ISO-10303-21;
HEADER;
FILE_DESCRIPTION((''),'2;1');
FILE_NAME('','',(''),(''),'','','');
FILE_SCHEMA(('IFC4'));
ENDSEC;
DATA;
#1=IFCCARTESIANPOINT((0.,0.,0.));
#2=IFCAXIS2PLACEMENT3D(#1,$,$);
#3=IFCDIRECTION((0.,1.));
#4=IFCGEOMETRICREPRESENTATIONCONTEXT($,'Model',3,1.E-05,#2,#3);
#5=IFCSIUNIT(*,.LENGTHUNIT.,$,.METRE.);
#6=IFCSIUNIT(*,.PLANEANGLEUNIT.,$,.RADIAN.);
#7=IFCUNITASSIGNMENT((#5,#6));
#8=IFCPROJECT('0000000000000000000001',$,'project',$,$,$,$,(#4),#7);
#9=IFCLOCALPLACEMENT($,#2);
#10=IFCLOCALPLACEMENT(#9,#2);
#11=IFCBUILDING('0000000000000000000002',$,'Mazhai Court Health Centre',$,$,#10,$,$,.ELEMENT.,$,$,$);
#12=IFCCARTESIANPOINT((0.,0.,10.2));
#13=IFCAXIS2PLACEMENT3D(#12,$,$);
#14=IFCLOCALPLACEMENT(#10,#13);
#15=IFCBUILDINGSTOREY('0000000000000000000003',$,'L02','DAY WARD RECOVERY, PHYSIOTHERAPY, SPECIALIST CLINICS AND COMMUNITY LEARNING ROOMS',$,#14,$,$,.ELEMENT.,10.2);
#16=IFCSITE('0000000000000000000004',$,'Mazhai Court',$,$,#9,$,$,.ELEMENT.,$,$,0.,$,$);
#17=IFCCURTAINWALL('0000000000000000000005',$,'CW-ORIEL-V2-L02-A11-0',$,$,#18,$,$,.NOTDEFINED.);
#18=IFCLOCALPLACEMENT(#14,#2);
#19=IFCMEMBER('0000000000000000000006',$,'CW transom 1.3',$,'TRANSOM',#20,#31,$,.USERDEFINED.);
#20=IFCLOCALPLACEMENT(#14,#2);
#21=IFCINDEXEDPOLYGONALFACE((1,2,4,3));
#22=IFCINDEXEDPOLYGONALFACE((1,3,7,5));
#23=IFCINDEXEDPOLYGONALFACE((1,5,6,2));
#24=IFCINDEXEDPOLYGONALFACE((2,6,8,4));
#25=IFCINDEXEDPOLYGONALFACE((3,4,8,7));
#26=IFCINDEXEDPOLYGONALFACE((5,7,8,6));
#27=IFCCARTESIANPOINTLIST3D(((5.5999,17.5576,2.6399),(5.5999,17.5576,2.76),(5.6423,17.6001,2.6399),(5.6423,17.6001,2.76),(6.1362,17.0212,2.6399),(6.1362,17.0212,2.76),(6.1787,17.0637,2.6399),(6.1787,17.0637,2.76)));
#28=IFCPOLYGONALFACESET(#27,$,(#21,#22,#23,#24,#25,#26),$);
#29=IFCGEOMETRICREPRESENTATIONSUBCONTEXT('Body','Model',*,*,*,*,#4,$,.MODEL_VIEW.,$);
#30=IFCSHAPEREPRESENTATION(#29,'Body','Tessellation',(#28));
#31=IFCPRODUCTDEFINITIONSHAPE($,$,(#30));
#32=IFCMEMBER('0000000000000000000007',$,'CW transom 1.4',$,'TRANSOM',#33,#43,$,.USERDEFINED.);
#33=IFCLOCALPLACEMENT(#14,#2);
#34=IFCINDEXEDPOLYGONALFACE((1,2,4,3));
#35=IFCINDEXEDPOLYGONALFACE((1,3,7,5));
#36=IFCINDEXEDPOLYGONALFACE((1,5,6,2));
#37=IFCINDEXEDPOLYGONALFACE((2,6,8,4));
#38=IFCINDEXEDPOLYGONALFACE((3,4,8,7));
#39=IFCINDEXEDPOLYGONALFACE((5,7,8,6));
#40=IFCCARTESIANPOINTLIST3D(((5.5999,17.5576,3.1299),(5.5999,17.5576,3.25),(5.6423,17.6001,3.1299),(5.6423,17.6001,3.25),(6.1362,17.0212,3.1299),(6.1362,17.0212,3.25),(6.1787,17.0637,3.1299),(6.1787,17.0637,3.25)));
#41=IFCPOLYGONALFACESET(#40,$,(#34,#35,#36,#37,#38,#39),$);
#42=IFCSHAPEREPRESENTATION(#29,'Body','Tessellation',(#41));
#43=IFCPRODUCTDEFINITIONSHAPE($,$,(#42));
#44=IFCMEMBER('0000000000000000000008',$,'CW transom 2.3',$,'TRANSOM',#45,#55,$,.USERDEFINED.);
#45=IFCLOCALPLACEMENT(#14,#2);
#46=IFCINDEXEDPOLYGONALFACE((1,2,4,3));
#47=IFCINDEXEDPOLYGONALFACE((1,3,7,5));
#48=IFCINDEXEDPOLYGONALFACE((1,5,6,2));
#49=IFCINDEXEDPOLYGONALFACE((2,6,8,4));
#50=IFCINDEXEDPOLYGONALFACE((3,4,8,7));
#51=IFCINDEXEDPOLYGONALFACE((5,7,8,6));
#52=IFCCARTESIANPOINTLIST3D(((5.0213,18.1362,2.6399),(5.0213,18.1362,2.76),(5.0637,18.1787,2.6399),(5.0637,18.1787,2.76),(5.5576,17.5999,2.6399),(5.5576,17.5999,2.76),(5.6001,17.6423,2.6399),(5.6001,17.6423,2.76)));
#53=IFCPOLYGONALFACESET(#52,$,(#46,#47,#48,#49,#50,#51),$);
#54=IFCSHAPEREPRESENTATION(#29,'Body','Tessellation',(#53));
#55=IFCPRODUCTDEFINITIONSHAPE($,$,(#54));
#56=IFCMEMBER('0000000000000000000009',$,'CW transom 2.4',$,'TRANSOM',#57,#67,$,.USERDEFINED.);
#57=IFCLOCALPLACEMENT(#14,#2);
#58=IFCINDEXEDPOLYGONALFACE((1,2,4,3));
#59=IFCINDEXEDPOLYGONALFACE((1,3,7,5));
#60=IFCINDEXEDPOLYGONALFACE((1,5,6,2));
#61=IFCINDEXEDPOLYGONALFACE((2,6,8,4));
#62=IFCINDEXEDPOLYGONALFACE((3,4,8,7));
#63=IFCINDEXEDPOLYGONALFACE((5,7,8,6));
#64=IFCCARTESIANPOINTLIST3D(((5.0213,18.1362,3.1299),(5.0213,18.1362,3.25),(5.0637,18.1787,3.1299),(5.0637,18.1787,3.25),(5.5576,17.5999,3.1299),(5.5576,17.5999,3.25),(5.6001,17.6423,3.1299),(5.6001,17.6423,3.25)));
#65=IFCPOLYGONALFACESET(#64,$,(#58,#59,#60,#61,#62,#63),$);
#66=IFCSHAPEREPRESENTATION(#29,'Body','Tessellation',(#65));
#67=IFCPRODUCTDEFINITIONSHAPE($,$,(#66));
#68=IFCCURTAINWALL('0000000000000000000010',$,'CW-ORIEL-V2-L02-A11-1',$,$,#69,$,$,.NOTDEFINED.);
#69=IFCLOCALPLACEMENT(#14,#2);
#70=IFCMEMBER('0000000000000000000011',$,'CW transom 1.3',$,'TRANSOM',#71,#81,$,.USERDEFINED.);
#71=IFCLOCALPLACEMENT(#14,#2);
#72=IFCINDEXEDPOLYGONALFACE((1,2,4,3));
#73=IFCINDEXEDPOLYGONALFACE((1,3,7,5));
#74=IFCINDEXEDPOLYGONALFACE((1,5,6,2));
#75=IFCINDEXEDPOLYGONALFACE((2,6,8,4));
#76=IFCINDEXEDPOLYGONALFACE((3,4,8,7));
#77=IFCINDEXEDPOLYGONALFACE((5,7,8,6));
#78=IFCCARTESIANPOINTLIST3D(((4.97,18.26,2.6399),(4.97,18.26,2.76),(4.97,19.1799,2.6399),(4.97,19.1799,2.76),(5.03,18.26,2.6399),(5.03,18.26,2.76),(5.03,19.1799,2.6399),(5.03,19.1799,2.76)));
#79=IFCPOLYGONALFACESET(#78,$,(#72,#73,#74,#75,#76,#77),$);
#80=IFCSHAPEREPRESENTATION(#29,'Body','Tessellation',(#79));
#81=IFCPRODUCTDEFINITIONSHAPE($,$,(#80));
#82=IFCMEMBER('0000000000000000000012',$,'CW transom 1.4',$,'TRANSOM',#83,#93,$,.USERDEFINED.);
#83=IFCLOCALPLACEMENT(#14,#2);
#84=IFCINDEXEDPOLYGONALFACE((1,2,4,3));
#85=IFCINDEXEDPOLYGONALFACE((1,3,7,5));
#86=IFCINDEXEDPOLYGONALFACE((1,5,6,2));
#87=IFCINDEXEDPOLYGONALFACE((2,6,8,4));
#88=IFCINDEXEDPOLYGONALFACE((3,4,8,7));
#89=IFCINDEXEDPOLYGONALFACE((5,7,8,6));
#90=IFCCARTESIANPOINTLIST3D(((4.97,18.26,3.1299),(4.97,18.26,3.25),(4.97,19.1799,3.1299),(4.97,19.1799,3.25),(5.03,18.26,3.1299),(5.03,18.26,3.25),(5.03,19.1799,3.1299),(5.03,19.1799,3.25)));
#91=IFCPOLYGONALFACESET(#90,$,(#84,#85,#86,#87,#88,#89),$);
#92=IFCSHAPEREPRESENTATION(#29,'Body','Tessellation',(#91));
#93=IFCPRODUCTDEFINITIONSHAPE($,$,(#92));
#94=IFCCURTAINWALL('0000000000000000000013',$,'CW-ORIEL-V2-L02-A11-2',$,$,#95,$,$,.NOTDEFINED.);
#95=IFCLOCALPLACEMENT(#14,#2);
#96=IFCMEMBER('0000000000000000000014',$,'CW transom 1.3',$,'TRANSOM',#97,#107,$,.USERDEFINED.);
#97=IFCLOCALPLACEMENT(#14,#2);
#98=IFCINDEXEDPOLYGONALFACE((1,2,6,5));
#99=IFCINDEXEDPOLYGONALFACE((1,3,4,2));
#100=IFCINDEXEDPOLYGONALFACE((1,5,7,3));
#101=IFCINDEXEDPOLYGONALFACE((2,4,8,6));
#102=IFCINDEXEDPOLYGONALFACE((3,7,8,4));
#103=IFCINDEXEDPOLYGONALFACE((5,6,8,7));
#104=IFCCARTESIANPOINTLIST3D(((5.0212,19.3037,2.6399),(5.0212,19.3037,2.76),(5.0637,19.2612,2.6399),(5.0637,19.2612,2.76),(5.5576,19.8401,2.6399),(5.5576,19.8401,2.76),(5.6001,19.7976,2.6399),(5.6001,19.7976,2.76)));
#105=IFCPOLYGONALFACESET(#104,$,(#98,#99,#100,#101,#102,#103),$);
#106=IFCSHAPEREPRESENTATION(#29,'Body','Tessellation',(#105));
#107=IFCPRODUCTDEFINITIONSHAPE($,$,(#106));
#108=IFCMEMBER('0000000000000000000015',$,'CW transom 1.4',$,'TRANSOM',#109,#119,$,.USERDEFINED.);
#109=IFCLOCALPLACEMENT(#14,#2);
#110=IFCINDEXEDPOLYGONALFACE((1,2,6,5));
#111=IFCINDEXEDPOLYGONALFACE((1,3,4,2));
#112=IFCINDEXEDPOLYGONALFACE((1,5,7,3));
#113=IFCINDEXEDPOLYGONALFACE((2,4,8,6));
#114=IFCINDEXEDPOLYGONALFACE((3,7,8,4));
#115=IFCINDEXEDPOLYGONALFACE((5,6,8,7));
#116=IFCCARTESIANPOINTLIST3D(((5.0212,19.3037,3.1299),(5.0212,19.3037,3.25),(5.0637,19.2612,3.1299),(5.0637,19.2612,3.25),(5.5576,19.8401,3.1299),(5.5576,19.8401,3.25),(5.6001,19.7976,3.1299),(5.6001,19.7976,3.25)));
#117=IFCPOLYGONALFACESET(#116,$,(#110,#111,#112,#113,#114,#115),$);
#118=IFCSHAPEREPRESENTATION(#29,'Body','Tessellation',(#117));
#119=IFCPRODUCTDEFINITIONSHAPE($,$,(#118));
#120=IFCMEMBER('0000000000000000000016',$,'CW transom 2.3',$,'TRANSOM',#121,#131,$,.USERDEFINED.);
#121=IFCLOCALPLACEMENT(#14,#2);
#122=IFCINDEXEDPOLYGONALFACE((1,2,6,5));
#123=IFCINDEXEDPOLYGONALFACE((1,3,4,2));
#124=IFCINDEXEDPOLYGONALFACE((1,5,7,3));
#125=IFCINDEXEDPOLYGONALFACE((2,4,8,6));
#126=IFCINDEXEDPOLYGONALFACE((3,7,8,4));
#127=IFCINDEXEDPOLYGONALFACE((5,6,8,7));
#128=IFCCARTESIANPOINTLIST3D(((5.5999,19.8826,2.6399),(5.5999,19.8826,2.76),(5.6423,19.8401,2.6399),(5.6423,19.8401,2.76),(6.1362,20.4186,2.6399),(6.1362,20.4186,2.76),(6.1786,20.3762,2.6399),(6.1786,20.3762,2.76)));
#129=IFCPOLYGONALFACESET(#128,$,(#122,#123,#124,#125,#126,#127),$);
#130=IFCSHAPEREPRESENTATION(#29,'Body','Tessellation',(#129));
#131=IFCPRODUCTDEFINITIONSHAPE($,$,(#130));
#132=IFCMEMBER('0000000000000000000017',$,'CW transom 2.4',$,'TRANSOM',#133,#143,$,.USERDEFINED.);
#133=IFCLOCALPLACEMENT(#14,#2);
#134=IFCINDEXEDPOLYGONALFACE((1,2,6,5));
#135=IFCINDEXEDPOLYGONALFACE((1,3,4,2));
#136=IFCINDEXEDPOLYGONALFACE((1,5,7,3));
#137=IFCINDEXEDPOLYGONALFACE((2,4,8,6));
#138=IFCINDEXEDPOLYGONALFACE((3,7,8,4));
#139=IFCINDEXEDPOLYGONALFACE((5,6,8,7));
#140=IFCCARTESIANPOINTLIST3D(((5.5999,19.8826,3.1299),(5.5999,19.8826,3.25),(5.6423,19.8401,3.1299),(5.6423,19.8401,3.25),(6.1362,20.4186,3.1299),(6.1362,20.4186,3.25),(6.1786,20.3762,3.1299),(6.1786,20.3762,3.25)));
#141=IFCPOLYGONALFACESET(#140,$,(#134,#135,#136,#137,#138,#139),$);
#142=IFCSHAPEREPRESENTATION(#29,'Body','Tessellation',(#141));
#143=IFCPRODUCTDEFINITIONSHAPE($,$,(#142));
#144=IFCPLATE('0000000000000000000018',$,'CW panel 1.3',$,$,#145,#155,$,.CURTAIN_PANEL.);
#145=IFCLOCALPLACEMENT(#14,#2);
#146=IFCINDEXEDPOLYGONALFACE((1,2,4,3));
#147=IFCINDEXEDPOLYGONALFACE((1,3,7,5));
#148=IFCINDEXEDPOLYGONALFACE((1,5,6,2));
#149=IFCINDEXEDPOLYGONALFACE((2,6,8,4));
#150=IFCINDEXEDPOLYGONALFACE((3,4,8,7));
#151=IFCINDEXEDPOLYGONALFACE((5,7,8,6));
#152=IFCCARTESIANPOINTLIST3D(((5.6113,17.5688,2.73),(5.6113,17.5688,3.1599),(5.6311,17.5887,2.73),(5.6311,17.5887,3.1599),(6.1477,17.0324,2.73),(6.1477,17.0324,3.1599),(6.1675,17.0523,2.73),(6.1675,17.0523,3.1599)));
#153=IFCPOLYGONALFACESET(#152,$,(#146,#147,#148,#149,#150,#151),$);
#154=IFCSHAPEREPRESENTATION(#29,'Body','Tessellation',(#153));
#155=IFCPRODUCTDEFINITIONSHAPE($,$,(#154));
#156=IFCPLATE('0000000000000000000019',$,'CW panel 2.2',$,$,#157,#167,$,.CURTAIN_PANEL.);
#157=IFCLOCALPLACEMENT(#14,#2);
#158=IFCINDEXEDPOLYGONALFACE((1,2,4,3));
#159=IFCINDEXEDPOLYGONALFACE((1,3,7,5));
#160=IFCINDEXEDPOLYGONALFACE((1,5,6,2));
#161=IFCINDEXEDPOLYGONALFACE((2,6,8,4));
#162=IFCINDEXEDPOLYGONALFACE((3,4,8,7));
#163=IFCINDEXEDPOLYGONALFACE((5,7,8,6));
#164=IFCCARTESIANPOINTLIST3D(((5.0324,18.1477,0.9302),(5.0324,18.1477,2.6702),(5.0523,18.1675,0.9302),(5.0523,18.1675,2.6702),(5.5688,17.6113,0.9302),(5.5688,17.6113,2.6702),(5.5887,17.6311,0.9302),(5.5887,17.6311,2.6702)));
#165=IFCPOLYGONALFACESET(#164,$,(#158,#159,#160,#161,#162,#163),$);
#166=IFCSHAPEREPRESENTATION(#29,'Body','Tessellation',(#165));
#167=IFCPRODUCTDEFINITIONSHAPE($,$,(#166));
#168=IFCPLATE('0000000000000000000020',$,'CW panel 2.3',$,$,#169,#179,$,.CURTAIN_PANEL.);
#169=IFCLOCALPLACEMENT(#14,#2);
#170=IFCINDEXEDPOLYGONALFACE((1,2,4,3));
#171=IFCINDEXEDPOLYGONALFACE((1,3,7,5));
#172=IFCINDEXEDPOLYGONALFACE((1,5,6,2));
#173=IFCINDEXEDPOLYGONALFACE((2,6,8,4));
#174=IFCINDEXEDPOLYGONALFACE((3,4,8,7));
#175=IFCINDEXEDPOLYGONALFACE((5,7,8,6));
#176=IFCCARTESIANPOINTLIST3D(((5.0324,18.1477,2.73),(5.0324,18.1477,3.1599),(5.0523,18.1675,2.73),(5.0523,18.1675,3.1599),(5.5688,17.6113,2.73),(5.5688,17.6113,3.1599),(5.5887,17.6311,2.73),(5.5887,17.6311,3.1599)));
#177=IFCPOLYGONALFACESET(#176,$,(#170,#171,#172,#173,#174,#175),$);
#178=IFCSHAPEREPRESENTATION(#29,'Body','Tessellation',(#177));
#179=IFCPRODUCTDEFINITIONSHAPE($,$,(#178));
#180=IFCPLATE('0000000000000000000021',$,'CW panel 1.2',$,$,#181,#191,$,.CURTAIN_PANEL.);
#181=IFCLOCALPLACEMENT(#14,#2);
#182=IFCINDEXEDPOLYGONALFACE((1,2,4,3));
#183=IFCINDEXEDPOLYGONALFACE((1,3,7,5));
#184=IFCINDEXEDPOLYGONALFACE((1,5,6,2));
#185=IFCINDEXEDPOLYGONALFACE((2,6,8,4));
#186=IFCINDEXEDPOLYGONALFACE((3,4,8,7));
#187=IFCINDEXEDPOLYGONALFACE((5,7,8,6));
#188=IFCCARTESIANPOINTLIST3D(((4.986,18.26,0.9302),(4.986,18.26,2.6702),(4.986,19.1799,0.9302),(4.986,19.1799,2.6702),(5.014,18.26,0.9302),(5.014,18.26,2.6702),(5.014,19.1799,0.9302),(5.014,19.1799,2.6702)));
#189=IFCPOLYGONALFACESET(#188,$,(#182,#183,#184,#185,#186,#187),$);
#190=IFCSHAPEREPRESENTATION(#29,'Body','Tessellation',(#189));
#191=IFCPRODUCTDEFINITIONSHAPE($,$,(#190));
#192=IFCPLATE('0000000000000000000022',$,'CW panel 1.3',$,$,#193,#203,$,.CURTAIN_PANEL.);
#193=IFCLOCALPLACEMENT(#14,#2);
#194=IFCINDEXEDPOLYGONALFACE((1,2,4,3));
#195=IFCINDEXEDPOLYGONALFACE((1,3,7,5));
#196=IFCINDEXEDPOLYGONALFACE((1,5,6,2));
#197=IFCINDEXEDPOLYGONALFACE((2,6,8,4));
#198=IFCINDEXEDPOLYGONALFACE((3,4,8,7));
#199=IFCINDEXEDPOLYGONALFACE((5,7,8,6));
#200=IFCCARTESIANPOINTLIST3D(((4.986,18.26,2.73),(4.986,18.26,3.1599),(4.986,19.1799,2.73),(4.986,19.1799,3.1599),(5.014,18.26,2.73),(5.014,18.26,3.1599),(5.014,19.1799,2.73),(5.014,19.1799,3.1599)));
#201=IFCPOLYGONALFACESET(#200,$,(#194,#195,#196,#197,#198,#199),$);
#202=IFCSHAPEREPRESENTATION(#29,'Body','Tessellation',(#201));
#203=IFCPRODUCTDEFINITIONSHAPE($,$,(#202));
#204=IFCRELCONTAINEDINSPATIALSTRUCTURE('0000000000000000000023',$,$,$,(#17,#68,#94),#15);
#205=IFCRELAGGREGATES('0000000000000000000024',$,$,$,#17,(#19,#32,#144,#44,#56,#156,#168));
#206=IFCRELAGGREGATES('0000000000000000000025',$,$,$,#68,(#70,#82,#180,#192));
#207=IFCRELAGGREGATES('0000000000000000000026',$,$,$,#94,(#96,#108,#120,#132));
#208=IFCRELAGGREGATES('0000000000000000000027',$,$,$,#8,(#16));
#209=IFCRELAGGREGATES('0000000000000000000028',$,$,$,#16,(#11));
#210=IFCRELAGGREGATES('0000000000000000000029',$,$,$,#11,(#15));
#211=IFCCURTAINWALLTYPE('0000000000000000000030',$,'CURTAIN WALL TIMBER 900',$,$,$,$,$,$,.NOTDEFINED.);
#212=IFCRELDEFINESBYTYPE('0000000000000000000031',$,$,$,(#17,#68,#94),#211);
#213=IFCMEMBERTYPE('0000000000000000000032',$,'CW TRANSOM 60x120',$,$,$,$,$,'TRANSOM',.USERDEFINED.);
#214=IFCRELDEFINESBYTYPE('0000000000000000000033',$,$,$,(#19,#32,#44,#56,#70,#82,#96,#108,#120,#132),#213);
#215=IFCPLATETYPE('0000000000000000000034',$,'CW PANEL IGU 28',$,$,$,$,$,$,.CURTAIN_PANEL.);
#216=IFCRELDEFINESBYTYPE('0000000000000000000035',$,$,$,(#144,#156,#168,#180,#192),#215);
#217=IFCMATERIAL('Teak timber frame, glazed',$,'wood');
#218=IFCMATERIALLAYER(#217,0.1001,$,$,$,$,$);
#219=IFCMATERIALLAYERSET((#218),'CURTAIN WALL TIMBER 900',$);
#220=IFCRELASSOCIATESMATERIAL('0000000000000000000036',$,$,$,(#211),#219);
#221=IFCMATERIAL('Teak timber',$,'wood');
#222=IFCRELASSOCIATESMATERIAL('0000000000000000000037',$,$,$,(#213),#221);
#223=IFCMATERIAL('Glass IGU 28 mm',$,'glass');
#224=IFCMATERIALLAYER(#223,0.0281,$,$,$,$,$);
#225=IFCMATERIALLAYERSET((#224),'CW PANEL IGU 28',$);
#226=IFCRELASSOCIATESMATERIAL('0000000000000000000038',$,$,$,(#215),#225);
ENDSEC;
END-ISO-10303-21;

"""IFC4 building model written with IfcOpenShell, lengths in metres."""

from ifc_helpers import new_model, si_unit, direction, frame, origin, origin_2d, place, context, subcontext, project, spatial, rectangle, extrude, material, layer, layer_set, material_profile, profile_set, type_object, element, aggregate, save


model = new_model("IFC4")

# Units and contexts
model_context = context("Model", 3, precision=1e-05, world=origin(), true_north=direction((0.0, 1.0)))
body_context = subcontext(model_context, "Body", "Model", "MODEL_VIEW")
ifc_project = project(units=[si_unit("LENGTHUNIT", "METRE"), si_unit("PLANEANGLEUNIT", "RADIAN")], contexts=[model_context])

# Site, building, storey
site_placement = place(None, origin())
site = spatial("IfcSite", under=ifc_project, at=site_placement, Name="Mazhai Court", CompositionType="ELEMENT", RefElevation=0.0)
building_placement = place(site_placement, origin())
building = spatial("IfcBuilding", under=site, at=building_placement, Name="Mazhai Court Health Centre", CompositionType="ELEMENT")
storey_placement = place(building_placement, frame((0.0, 0.0, 10.2)))
storey = spatial("IfcBuildingStorey", under=building, at=storey_placement, Name="L02", Description="DAY WARD RECOVERY, PHYSIOTHERAPY, SPECIALIST CLINICS AND COMMUNITY LEARNING ROOMS", CompositionType="ELEMENT", Elevation=10.2)

# Curtain walls, members
ifc_material_1 = material(Name="Teak timber frame, glazed", Category="wood")
ifc_layer_1 = layer(ifc_material_1, 0.1001)
ifc_layer_set_1 = layer_set([ifc_layer_1], Name="CURTAIN WALL TIMBER 900")
curtain_wall_type = type_object("IfcCurtainWallType", Name="CURTAIN WALL TIMBER 900", PredefinedType="NOTDEFINED", material=ifc_layer_set_1)
curtain_wall_1_placement = place(storey_placement, origin())
curtain_wall_1 = element("IfcCurtainWall", 1, at=curtain_wall_1_placement, inside=storey, type_object=curtain_wall_type, Name="CW-ORIEL-V2-L02-A11-0", PredefinedType="NOTDEFINED")
ifc_material_2 = material(Name="Teak timber", Category="wood")
ifc_material_profile = material_profile(ifc_material_2, rectangle(XDim=0.0601, YDim=0.1201, at=origin_2d()), Name="CW TRANSOM 60x120")
ifc_profile_set = profile_set([ifc_material_profile], Name="Teak timber")
member_type = type_object("IfcMemberType", Name="CW TRANSOM 60x120", ElementType="TRANSOM", PredefinedType="USERDEFINED", material=ifc_profile_set)
member_1_placement = place(storey_placement, frame((6.1575, 17.0425, 2.7), z_axis=(-0.707107, 0.707107, 0.0), x_axis=(-0.707107, -0.707107, 0.0)))
member_1 = element("IfcMember", 2, at=member_1_placement, type_object=member_type, Name="CW transom 1.3", ObjectType="TRANSOM", PredefinedType="USERDEFINED", context=body_context, shape_type="SweptSolid", body=[
    extrude(rectangle(XDim=0.0601, YDim=0.1201, at=origin_2d()), origin(), (0.0, 0.0, 1.0), 0.7585),
])
member_2_placement = place(storey_placement, frame((6.1575, 17.0425, 3.1899), z_axis=(-0.707107, 0.707107, 0.0), x_axis=(-0.707107, -0.707107, 0.0)))
member_2 = element("IfcMember", 3, at=member_2_placement, type_object=member_type, Name="CW transom 1.4", ObjectType="TRANSOM", PredefinedType="USERDEFINED", context=body_context, shape_type="SweptSolid", body=[
    extrude(rectangle(XDim=0.0601, YDim=0.1201, at=origin_2d()), origin(), (0.0, 0.0, 1.0), 0.7585),
])
member_3_placement = place(storey_placement, frame((5.5789, 17.6211, 2.7), z_axis=(-0.707107, 0.707107, 0.0), x_axis=(-0.707107, -0.707107, 0.0)))
member_3 = element("IfcMember", 4, at=member_3_placement, type_object=member_type, Name="CW transom 2.3", ObjectType="TRANSOM", PredefinedType="USERDEFINED", context=body_context, shape_type="SweptSolid", body=[
    extrude(rectangle(XDim=0.0601, YDim=0.1201, at=origin_2d()), origin(), (0.0, 0.0, 1.0), 0.7585),
])
member_4_placement = place(storey_placement, frame((5.5789, 17.6211, 3.1899), z_axis=(-0.707107, 0.707107, 0.0), x_axis=(-0.707107, -0.707107, 0.0)))
member_4 = element("IfcMember", 5, at=member_4_placement, type_object=member_type, Name="CW transom 2.4", ObjectType="TRANSOM", PredefinedType="USERDEFINED", context=body_context, shape_type="SweptSolid", body=[
    extrude(rectangle(XDim=0.0601, YDim=0.1201, at=origin_2d()), origin(), (0.0, 0.0, 1.0), 0.7585),
])
curtain_wall_2_placement = place(storey_placement, origin())
curtain_wall_2 = element("IfcCurtainWall", 6, at=curtain_wall_2_placement, inside=storey, type_object=curtain_wall_type, Name="CW-ORIEL-V2-L02-A11-1", PredefinedType="NOTDEFINED")
member_5_placement = place(storey_placement, frame((5.0, 18.26, 2.7), z_axis=(0.0, 1.0, 0.0), x_axis=(-1.0, 0.0, 0.0)))
member_5 = element("IfcMember", 7, at=member_5_placement, type_object=member_type, Name="CW transom 1.3", ObjectType="TRANSOM", PredefinedType="USERDEFINED", context=body_context, shape_type="SweptSolid", body=[
    extrude(rectangle(XDim=0.0601, YDim=0.1201, at=origin_2d()), origin(), (0.0, 0.0, 1.0), 0.9199),
])
member_6_placement = place(storey_placement, frame((5.0, 18.26, 3.1899), z_axis=(0.0, 1.0, 0.0), x_axis=(-1.0, 0.0, 0.0)))
member_6 = element("IfcMember", 8, at=member_6_placement, type_object=member_type, Name="CW transom 1.4", ObjectType="TRANSOM", PredefinedType="USERDEFINED", context=body_context, shape_type="SweptSolid", body=[
    extrude(rectangle(XDim=0.0601, YDim=0.1201, at=origin_2d()), origin(), (0.0, 0.0, 1.0), 0.9199),
])
curtain_wall_3_placement = place(storey_placement, origin())
curtain_wall_3 = element("IfcCurtainWall", 9, at=curtain_wall_3_placement, inside=storey, type_object=curtain_wall_type, Name="CW-ORIEL-V2-L02-A11-2", PredefinedType="NOTDEFINED")
member_7_placement = place(storey_placement, frame((5.0425, 19.2825, 2.7), z_axis=(0.707107, 0.707107, 0.0), x_axis=(-0.707107, 0.707107, 0.0)))
member_7 = element("IfcMember", 10, at=member_7_placement, type_object=member_type, Name="CW transom 1.3", ObjectType="TRANSOM", PredefinedType="USERDEFINED", context=body_context, shape_type="SweptSolid", body=[
    extrude(rectangle(XDim=0.0601, YDim=0.1201, at=origin_2d()), origin(), (0.0, 0.0, 1.0), 0.7585),
])
member_8_placement = place(storey_placement, frame((5.0425, 19.2825, 3.1899), z_axis=(0.707107, 0.707107, 0.0), x_axis=(-0.707107, 0.707107, 0.0)))
member_8 = element("IfcMember", 11, at=member_8_placement, type_object=member_type, Name="CW transom 1.4", ObjectType="TRANSOM", PredefinedType="USERDEFINED", context=body_context, shape_type="SweptSolid", body=[
    extrude(rectangle(XDim=0.0601, YDim=0.1201, at=origin_2d()), origin(), (0.0, 0.0, 1.0), 0.7585),
])
member_9_placement = place(storey_placement, frame((5.6211, 19.8613, 2.7), z_axis=(0.707268, 0.706946, 0.0), x_axis=(-0.706946, 0.707268, 0.0)))
member_9 = element("IfcMember", 12, at=member_9_placement, type_object=member_type, Name="CW transom 2.3", ObjectType="TRANSOM", PredefinedType="USERDEFINED", context=body_context, shape_type="SweptSolid", body=[
    extrude(rectangle(XDim=0.0601, YDim=0.1201, at=origin_2d()), origin(), (0.0, 0.0, 1.0), 0.7583),
])
member_10_placement = place(storey_placement, frame((5.6211, 19.8613, 3.1899), z_axis=(0.707268, 0.706946, 0.0), x_axis=(-0.706946, 0.707268, 0.0)))
member_10 = element("IfcMember", 13, at=member_10_placement, type_object=member_type, Name="CW transom 2.4", ObjectType="TRANSOM", PredefinedType="USERDEFINED", context=body_context, shape_type="SweptSolid", body=[
    extrude(rectangle(XDim=0.0601, YDim=0.1201, at=origin_2d()), origin(), (0.0, 0.0, 1.0), 0.7583),
])

# Plates
ifc_material_3 = material(Name="Glass IGU 28 mm", Category="glass")
ifc_layer_2 = layer(ifc_material_3, 0.0281)
ifc_layer_set_2 = layer_set([ifc_layer_2], Name="CW PANEL IGU 28")
plate_type = type_object("IfcPlateType", Name="CW PANEL IGU 28", PredefinedType="CURTAIN_PANEL", material=ifc_layer_set_2)
plate_1_placement = place(storey_placement, frame((5.8894, 17.3105, 2.73), z_axis=(0.0, 0.0, 1.0), x_axis=(-0.707107, 0.707107, 0.0)))
plate_1 = element("IfcPlate", 14, at=plate_1_placement, type_object=plate_type, Name="CW panel 1.3", PredefinedType="CURTAIN_PANEL", context=body_context, shape_type="SweptSolid", body=[
    extrude(rectangle(XDim=0.7585, YDim=0.0281, at=origin_2d()), origin(), (0.0, 0.0, 1.0), 0.4299),
])
plate_2_placement = place(storey_placement, frame((5.3105, 17.8894, 0.9302), z_axis=(0.0, 0.0, 1.0), x_axis=(-0.707107, 0.707107, 0.0)))
plate_2 = element("IfcPlate", 15, at=plate_2_placement, type_object=plate_type, Name="CW panel 2.2", PredefinedType="CURTAIN_PANEL", context=body_context, shape_type="SweptSolid", body=[
    extrude(rectangle(XDim=0.7585, YDim=0.0281, at=origin_2d()), origin(), (0.0, 0.0, 1.0), 1.74),
])
plate_3_placement = place(storey_placement, frame((5.3105, 17.8894, 2.73), z_axis=(0.0, 0.0, 1.0), x_axis=(-0.707107, 0.707107, 0.0)))
plate_3 = element("IfcPlate", 16, at=plate_3_placement, type_object=plate_type, Name="CW panel 2.3", PredefinedType="CURTAIN_PANEL", context=body_context, shape_type="SweptSolid", body=[
    extrude(rectangle(XDim=0.7585, YDim=0.0281, at=origin_2d()), origin(), (0.0, 0.0, 1.0), 0.4299),
])
aggregate(curtain_wall_1, [member_1, member_2, plate_1, member_3, member_4, plate_2, plate_3])
plate_4_placement = place(storey_placement, frame((5.0, 18.72, 0.9302), z_axis=(0.0, 0.0, 1.0), x_axis=(0.0, 1.0, 0.0)))
plate_4 = element("IfcPlate", 17, at=plate_4_placement, type_object=plate_type, Name="CW panel 1.2", PredefinedType="CURTAIN_PANEL", context=body_context, shape_type="SweptSolid", body=[
    extrude(rectangle(XDim=0.9199, YDim=0.0281, at=origin_2d()), origin(), (0.0, 0.0, 1.0), 1.74),
])
plate_5_placement = place(storey_placement, frame((5.0, 18.72, 2.73), z_axis=(0.0, 0.0, 1.0), x_axis=(0.0, 1.0, 0.0)))
plate_5 = element("IfcPlate", 18, at=plate_5_placement, type_object=plate_type, Name="CW panel 1.3", PredefinedType="CURTAIN_PANEL", context=body_context, shape_type="SweptSolid", body=[
    extrude(rectangle(XDim=0.9199, YDim=0.0281, at=origin_2d()), origin(), (0.0, 0.0, 1.0), 0.4299),
])
aggregate(curtain_wall_2, [member_5, member_6, plate_4, plate_5])
aggregate(curtain_wall_3, [member_7, member_8, member_9, member_10])

save(model, "model.ifc")
